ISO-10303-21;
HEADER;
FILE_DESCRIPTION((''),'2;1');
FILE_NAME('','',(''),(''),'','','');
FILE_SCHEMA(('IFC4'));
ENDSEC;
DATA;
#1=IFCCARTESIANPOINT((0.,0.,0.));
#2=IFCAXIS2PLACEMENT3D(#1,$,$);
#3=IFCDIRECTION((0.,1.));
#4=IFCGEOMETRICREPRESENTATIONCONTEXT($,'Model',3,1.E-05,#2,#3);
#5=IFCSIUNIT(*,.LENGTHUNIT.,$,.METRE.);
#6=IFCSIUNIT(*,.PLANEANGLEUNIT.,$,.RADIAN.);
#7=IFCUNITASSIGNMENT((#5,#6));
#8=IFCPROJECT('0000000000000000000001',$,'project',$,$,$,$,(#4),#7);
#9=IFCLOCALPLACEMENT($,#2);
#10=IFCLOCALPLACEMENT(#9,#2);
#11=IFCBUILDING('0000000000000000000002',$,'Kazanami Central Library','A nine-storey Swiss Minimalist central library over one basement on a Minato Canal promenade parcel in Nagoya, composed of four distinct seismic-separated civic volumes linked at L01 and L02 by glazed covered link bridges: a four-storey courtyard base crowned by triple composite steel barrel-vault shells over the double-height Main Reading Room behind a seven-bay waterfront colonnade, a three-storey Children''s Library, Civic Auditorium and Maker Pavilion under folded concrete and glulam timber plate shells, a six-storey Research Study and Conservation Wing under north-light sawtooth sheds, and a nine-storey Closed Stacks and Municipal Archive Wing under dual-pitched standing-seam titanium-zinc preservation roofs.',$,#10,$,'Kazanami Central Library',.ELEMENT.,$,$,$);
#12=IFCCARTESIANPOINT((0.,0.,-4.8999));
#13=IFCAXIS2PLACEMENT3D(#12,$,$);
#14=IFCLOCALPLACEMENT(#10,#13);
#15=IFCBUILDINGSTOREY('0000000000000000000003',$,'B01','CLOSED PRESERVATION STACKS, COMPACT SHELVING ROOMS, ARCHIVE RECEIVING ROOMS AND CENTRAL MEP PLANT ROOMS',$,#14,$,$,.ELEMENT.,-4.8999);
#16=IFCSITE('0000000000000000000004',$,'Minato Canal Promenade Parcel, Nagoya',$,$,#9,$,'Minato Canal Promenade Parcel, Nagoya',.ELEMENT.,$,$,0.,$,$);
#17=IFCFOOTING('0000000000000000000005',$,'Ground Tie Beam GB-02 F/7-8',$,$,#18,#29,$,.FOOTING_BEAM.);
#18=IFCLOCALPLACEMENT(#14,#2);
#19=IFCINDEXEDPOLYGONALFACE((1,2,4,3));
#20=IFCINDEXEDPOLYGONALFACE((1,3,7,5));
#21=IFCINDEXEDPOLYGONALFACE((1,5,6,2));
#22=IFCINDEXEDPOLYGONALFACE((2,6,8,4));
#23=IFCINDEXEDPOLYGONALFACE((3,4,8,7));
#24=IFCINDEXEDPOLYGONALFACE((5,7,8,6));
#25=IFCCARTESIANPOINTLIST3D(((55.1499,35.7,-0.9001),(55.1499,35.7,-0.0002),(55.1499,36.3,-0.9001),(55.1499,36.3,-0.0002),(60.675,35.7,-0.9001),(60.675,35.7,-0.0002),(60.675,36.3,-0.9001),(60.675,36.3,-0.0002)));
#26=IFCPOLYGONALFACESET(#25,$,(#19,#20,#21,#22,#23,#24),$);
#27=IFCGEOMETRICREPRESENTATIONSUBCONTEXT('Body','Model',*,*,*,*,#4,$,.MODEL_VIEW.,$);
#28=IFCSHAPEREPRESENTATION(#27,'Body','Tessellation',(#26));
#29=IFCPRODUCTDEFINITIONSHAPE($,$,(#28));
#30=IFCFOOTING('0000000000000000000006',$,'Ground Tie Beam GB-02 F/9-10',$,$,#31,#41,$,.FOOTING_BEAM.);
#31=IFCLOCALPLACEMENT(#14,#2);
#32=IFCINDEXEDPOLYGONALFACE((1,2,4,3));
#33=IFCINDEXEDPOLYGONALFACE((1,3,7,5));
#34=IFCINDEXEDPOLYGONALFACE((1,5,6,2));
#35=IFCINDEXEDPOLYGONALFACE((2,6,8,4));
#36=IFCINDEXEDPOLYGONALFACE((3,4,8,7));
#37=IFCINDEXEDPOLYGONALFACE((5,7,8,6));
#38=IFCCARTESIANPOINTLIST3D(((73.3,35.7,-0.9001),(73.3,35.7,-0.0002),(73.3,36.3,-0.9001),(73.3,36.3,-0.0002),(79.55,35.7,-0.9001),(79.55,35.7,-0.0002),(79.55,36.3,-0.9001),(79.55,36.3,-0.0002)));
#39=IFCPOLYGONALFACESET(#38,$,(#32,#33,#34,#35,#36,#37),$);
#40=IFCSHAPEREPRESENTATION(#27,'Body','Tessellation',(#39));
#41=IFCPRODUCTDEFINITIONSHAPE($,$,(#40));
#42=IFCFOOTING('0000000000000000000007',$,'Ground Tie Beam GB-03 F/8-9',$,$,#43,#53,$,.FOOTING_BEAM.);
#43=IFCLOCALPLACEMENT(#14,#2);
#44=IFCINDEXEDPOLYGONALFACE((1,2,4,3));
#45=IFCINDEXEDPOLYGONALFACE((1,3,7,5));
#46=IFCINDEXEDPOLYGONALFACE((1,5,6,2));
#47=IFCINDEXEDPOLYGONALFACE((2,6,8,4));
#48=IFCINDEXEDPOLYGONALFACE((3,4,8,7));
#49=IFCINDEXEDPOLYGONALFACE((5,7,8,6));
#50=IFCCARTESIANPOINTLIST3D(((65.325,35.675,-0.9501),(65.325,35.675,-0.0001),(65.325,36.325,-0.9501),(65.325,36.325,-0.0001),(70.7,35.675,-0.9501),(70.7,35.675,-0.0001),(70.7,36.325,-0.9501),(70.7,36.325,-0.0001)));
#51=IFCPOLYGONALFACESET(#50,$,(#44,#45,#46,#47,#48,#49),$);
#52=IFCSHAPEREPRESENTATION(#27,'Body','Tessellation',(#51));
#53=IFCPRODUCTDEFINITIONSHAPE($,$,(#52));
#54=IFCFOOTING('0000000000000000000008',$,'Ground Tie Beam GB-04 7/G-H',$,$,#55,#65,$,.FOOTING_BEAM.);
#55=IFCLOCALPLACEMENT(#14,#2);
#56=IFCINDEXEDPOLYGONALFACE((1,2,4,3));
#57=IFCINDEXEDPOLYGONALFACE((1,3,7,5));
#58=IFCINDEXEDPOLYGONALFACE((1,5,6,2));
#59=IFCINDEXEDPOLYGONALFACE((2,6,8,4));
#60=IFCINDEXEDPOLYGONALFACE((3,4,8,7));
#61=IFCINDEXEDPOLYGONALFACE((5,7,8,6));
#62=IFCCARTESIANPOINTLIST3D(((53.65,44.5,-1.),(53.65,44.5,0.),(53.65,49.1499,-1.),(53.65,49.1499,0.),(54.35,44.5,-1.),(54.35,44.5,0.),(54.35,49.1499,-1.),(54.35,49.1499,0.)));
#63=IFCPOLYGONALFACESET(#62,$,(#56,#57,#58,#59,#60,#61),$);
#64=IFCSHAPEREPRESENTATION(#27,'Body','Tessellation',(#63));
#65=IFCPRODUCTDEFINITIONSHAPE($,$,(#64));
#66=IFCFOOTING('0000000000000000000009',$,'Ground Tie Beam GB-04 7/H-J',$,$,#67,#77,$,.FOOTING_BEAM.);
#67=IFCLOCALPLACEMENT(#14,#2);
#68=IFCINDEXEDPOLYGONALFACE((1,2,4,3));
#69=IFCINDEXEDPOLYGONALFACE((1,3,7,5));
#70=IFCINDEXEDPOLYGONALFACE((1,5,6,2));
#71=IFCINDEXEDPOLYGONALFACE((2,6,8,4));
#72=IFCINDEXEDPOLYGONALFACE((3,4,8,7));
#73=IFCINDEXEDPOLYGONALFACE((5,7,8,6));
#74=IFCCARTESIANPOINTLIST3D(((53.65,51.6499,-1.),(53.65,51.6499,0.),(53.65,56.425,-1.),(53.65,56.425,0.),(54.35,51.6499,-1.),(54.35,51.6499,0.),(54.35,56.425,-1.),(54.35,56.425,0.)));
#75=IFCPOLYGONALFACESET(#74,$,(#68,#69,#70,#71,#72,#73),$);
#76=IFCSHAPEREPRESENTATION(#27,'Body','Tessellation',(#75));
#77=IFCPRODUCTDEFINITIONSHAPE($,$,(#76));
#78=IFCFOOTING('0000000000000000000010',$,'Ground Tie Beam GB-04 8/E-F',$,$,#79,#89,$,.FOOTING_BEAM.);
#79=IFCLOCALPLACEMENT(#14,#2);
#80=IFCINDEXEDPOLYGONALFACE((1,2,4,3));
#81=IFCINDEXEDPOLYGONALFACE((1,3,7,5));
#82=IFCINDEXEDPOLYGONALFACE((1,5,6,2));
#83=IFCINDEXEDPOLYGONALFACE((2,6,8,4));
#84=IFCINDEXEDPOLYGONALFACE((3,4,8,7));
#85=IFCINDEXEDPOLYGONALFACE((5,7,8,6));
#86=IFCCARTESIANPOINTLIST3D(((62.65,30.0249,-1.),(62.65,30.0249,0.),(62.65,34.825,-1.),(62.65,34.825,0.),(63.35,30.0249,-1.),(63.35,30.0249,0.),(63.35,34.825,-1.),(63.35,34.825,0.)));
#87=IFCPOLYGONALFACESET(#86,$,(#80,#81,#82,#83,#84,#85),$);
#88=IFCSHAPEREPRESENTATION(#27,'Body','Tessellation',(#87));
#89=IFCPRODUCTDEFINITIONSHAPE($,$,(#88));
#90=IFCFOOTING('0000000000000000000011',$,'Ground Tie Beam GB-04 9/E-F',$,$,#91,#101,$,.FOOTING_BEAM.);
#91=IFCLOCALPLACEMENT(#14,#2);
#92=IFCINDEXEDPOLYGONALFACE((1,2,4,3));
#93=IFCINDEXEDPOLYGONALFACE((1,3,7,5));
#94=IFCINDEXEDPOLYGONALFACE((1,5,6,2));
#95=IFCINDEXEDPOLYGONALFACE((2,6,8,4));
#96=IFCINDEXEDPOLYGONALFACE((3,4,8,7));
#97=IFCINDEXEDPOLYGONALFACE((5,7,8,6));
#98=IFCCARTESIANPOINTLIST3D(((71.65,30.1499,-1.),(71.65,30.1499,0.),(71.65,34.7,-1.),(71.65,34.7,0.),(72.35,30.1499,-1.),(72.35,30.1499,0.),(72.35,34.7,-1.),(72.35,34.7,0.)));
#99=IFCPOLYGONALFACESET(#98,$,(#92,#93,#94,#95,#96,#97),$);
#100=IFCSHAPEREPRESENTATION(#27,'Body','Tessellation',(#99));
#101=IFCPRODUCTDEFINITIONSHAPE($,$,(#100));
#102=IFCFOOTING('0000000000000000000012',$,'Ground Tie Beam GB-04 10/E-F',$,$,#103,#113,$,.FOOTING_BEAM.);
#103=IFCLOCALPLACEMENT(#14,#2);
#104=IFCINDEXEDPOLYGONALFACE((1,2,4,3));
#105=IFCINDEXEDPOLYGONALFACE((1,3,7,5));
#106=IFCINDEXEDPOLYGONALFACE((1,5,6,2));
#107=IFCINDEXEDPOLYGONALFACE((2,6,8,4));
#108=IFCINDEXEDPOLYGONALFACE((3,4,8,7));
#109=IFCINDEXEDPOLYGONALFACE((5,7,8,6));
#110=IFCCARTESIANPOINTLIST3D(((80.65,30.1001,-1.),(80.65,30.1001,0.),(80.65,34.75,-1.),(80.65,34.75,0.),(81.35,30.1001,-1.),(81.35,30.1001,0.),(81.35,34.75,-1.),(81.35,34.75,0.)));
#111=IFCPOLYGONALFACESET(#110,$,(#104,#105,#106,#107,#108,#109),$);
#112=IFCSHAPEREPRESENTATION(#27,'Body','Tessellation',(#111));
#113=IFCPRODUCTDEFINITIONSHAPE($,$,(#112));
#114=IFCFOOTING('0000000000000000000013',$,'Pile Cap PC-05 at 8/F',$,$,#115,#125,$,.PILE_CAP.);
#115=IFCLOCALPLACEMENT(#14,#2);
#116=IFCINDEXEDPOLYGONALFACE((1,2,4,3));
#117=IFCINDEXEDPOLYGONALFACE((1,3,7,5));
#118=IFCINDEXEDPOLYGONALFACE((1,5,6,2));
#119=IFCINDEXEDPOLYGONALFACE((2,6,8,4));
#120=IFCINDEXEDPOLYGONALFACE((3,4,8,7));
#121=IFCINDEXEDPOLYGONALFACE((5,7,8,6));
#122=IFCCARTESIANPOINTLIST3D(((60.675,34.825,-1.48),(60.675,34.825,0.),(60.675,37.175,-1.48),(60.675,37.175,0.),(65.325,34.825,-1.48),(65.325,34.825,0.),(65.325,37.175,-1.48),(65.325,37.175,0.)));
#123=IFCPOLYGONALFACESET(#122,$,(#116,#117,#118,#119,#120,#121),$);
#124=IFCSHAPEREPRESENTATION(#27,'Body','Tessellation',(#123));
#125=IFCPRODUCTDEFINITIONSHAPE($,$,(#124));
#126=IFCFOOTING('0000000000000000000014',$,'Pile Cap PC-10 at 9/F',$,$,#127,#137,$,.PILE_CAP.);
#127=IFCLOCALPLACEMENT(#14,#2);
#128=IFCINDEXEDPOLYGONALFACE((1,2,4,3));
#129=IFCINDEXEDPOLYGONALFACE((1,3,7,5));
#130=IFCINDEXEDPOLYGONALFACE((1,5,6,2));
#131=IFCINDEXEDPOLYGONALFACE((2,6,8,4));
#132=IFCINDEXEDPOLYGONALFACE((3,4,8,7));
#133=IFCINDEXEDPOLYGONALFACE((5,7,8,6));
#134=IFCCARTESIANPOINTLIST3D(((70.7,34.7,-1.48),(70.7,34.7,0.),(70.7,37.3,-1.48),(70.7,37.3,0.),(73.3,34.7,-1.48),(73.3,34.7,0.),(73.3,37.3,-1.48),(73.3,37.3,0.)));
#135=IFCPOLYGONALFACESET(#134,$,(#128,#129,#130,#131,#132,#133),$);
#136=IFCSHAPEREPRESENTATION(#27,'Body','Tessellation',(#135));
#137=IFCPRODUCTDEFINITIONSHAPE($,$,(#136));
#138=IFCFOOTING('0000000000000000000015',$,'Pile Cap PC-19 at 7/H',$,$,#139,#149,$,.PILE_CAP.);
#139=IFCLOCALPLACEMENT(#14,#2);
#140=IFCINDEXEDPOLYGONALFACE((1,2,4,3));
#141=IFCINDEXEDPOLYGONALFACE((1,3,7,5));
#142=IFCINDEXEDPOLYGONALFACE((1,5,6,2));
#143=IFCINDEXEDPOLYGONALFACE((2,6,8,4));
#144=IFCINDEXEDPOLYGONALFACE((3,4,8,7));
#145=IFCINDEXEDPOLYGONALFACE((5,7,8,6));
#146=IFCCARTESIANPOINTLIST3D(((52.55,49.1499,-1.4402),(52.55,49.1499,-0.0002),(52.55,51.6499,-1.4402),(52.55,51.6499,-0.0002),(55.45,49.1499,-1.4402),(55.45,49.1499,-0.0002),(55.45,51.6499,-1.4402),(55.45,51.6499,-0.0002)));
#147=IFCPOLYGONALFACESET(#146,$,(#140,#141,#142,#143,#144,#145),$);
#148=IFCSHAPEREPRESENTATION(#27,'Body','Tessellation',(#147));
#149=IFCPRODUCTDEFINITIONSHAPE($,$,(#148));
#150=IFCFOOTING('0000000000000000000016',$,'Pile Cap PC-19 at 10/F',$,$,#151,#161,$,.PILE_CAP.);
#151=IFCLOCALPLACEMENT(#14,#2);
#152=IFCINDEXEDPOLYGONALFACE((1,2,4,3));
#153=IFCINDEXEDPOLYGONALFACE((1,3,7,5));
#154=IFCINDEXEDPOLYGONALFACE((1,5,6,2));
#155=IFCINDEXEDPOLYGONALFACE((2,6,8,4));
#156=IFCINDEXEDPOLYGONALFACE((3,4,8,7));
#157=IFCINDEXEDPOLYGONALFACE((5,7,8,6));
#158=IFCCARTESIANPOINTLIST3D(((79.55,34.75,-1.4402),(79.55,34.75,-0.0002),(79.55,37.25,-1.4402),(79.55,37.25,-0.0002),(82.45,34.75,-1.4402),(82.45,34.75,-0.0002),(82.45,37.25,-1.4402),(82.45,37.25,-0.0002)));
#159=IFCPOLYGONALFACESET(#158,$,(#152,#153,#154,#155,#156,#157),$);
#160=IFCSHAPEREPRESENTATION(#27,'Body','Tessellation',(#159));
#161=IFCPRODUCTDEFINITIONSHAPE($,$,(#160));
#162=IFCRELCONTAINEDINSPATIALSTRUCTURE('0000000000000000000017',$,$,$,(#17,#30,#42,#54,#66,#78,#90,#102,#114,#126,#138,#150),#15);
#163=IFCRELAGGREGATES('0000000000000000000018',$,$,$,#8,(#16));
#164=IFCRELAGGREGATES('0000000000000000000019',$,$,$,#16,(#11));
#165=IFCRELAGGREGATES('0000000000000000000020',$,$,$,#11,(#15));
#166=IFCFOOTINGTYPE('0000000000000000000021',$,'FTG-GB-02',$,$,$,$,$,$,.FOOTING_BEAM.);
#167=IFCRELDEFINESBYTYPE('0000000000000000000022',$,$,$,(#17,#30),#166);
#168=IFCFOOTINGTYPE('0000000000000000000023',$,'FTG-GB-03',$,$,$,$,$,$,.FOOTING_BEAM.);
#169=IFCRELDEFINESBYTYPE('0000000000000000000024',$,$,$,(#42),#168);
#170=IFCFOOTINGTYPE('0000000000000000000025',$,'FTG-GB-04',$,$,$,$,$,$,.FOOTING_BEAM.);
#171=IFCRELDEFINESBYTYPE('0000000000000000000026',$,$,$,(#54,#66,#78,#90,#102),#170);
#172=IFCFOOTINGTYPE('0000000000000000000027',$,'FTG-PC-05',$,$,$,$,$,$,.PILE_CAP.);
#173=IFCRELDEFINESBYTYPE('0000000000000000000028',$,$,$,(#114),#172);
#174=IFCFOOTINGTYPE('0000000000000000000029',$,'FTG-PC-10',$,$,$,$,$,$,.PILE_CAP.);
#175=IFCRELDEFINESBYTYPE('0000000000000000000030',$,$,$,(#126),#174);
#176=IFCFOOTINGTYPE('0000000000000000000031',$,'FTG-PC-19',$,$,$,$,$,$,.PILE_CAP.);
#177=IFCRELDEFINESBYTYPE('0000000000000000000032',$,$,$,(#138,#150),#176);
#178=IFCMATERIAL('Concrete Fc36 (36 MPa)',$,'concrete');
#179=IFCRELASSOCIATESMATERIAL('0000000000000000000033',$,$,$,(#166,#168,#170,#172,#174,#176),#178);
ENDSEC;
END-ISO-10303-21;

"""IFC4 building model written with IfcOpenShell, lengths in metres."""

from ifc_helpers import new_model, si_unit, direction, frame, origin, origin_2d, place, context, subcontext, project, spatial, rectangle, extrude, material, material_profile, profile_set, type_object, element, save


model = new_model("IFC4")

# Units and contexts
model_context = context("Model", 3, precision=1e-05, world=origin(), true_north=direction((0.0, 1.0)))
body_context = subcontext(model_context, "Body", "Model", "MODEL_VIEW")
ifc_project = project(units=[si_unit("LENGTHUNIT", "METRE"), si_unit("PLANEANGLEUNIT", "RADIAN")], contexts=[model_context])

# Site, building, storey
site_placement = place(None, origin())
site = spatial("IfcSite", under=ifc_project, at=site_placement, Name="Minato Canal Promenade Parcel, Nagoya", LongName="Minato Canal Promenade Parcel, Nagoya", CompositionType="ELEMENT", RefElevation=0.0)
building_placement = place(site_placement, origin())
building = spatial("IfcBuilding", under=site, at=building_placement, Name="Kazanami Central Library", Description="A nine-storey Swiss Minimalist central library over one basement on a Minato Canal promenade parcel in Nagoya, composed of four distinct seismic-separated civic volumes linked at L01 and L02 by glazed covered link bridges: a four-storey courtyard base crowned by triple composite steel barrel-vault shells over the double-height Main Reading Room behind a seven-bay waterfront colonnade, a three-storey Children's Library, Civic Auditorium and Maker Pavilion under folded concrete and glulam timber plate shells, a six-storey Research Study and Conservation Wing under north-light sawtooth sheds, and a nine-storey Closed Stacks and Municipal Archive Wing under dual-pitched standing-seam titanium-zinc preservation roofs.", LongName="Kazanami Central Library", CompositionType="ELEMENT")
storey_placement = place(building_placement, frame((0.0, 0.0, -4.8999)))
storey = spatial("IfcBuildingStorey", under=building, at=storey_placement, Name="B01", Description="CLOSED PRESERVATION STACKS, COMPACT SHELVING ROOMS, ARCHIVE RECEIVING ROOMS AND CENTRAL MEP PLANT ROOMS", CompositionType="ELEMENT", Elevation=-4.8999)

# Footings
ifc_material_1 = material(Name="Concrete Fc36 (36 MPa)", Category="concrete")
ifc_material_profile_1 = material_profile(ifc_material_1, rectangle(XDim=0.6001, YDim=0.8999, at=origin_2d()), Name="RC-600x900")
ifc_profile_set_1 = profile_set([ifc_material_profile_1], Name="Concrete Fc36 (36 MPa)")
footing_type_1 = type_object("IfcFootingType", Name="FTG-GB-02", PredefinedType="FOOTING_BEAM", material=ifc_profile_set_1)
footing_1_placement = place(storey_placement, frame((55.1499, 36.0, -0.4502), z_axis=(1.0, 0.0, 0.0), x_axis=(0.0, 1.0, 0.0)))
element("IfcFooting", 1, at=footing_1_placement, inside=storey, type_object=footing_type_1, Name="Ground Tie Beam GB-02 F/7-8", PredefinedType="FOOTING_BEAM", context=body_context, shape_type="SweptSolid", body=[
    extrude(rectangle(XDim=0.6001, YDim=0.8999, at=origin_2d()), origin(), (0.0, 0.0, 1.0), 5.5251),
])
footing_2_placement = place(storey_placement, frame((73.3, 36.0, -0.4502), z_axis=(1.0, 0.0, 0.0), x_axis=(0.0, 1.0, 0.0)))
element("IfcFooting", 2, at=footing_2_placement, inside=storey, type_object=footing_type_1, Name="Ground Tie Beam GB-02 F/9-10", PredefinedType="FOOTING_BEAM", context=body_context, shape_type="SweptSolid", body=[
    extrude(rectangle(XDim=0.6001, YDim=0.8999, at=origin_2d()), origin(), (0.0, 0.0, 1.0), 6.25),
])
ifc_material_profile_2 = material_profile(ifc_material_1, rectangle(XDim=0.6499, YDim=0.95, at=origin_2d()), Name="RC-650x950")
ifc_profile_set_2 = profile_set([ifc_material_profile_2], Name="Concrete Fc36 (36 MPa)")
footing_type_2 = type_object("IfcFootingType", Name="FTG-GB-03", PredefinedType="FOOTING_BEAM", material=ifc_profile_set_2)
footing_3_placement = place(storey_placement, frame((65.325, 36.0, -0.4751), z_axis=(1.0, 0.0, 0.0), x_axis=(0.0, 1.0, 0.0)))
element("IfcFooting", 3, at=footing_3_placement, inside=storey, type_object=footing_type_2, Name="Ground Tie Beam GB-03 F/8-9", PredefinedType="FOOTING_BEAM", context=body_context, shape_type="SweptSolid", body=[
    extrude(rectangle(XDim=0.6499, YDim=0.95, at=origin_2d()), origin(), (0.0, 0.0, 1.0), 5.375),
])
ifc_material_profile_3 = material_profile(ifc_material_1, rectangle(XDim=0.7, YDim=1.0, at=origin_2d()), Name="RC-700x1000")
ifc_profile_set_3 = profile_set([ifc_material_profile_3], Name="Concrete Fc36 (36 MPa)")
footing_type_3 = type_object("IfcFootingType", Name="FTG-GB-04", PredefinedType="FOOTING_BEAM", material=ifc_profile_set_3)
footing_4_placement = place(storey_placement, frame((54.0, 44.5, -0.5), z_axis=(0.0, 1.0, 0.0), x_axis=(-1.0, 0.0, 0.0)))
element("IfcFooting", 4, at=footing_4_placement, inside=storey, type_object=footing_type_3, Name="Ground Tie Beam GB-04 7/G-H", PredefinedType="FOOTING_BEAM", context=body_context, shape_type="SweptSolid", body=[
    extrude(rectangle(XDim=0.7, YDim=1.0, at=origin_2d()), origin(), (0.0, 0.0, 1.0), 4.6499),
])
footing_5_placement = place(storey_placement, frame((54.0, 51.6499, -0.5), z_axis=(0.0, 1.0, 0.0), x_axis=(-1.0, 0.0, 0.0)))
element("IfcFooting", 5, at=footing_5_placement, inside=storey, type_object=footing_type_3, Name="Ground Tie Beam GB-04 7/H-J", PredefinedType="FOOTING_BEAM", context=body_context, shape_type="SweptSolid", body=[
    extrude(rectangle(XDim=0.7, YDim=1.0, at=origin_2d()), origin(), (0.0, 0.0, 1.0), 4.7751),
])
footing_6_placement = place(storey_placement, frame((63.0, 30.0249, -0.5), z_axis=(0.0, 1.0, 0.0), x_axis=(-1.0, 0.0, 0.0)))
element("IfcFooting", 6, at=footing_6_placement, inside=storey, type_object=footing_type_3, Name="Ground Tie Beam GB-04 8/E-F", PredefinedType="FOOTING_BEAM", context=body_context, shape_type="SweptSolid", body=[
    extrude(rectangle(XDim=0.7, YDim=1.0, at=origin_2d()), origin(), (0.0, 0.0, 1.0), 4.8),
])
footing_7_placement = place(storey_placement, frame((72.0, 30.1499, -0.5), z_axis=(0.0, 1.0, 0.0), x_axis=(-1.0, 0.0, 0.0)))
element("IfcFooting", 7, at=footing_7_placement, inside=storey, type_object=footing_type_3, Name="Ground Tie Beam GB-04 9/E-F", PredefinedType="FOOTING_BEAM", context=body_context, shape_type="SweptSolid", body=[
    extrude(rectangle(XDim=0.7, YDim=1.0, at=origin_2d()), origin(), (0.0, 0.0, 1.0), 4.55),
])
footing_8_placement = place(storey_placement, frame((81.0, 30.1001, -0.5), z_axis=(0.0, 1.0, 0.0), x_axis=(-1.0, 0.0, 0.0)))
element("IfcFooting", 8, at=footing_8_placement, inside=storey, type_object=footing_type_3, Name="Ground Tie Beam GB-04 10/E-F", PredefinedType="FOOTING_BEAM", context=body_context, shape_type="SweptSolid", body=[
    extrude(rectangle(XDim=0.7, YDim=1.0, at=origin_2d()), origin(), (0.0, 0.0, 1.0), 4.6499),
])
footing_type_4 = type_object("IfcFootingType", Name="FTG-PC-05", PredefinedType="PILE_CAP", material=ifc_material_1)
footing_9_placement = place(storey_placement, frame((63.0, 36.0, -1.48), z_axis=(0.0, 0.0, 1.0), x_axis=(1.0, 0.0, 0.0)))
element("IfcFooting", 9, at=footing_9_placement, inside=storey, type_object=footing_type_4, Name="Pile Cap PC-05 at 8/F", PredefinedType="PILE_CAP", context=body_context, shape_type="SweptSolid", body=[
    extrude(rectangle(XDim=4.6499, YDim=2.3501, at=origin_2d()), origin(), (0.0, 0.0, 1.0), 1.48),
])
footing_type_5 = type_object("IfcFootingType", Name="FTG-PC-10", PredefinedType="PILE_CAP", material=ifc_material_1)
footing_10_placement = place(storey_placement, frame((72.0, 36.0, -1.48), z_axis=(0.0, 0.0, 1.0), x_axis=(1.0, 0.0, 0.0)))
element("IfcFooting", 10, at=footing_10_placement, inside=storey, type_object=footing_type_5, Name="Pile Cap PC-10 at 9/F", PredefinedType="PILE_CAP", context=body_context, shape_type="SweptSolid", body=[
    extrude(rectangle(XDim=2.6001, YDim=2.6001, at=origin_2d()), origin(), (0.0, 0.0, 1.0), 1.48),
])
footing_type_6 = type_object("IfcFootingType", Name="FTG-PC-19", PredefinedType="PILE_CAP", material=ifc_material_1)
for number, where, z_axis, x_axis, name in (
    (11, (54.0, 50.3999, -1.4402), (0.0, 0.0, 1.0), (1.0, 0.0, 0.0), "Pile Cap PC-19 at 7/H"),
    (12, (81.0, 36.0, -1.4402), (0.0, 0.0, 1.0), (1.0, 0.0, 0.0), "Pile Cap PC-19 at 10/F"),
):
    element("IfcFooting", number, at=place(storey_placement, frame(where, z_axis=z_axis, x_axis=x_axis)), inside=storey, type_object=footing_type_6, Name=name, PredefinedType="PILE_CAP", context=body_context, shape_type="SweptSolid", body=[
        extrude(rectangle(XDim=2.8999, YDim=2.5, at=origin_2d()), origin(), (0.0, 0.0, 1.0), 1.4399),
    ])

save(model, "model.ifc")
